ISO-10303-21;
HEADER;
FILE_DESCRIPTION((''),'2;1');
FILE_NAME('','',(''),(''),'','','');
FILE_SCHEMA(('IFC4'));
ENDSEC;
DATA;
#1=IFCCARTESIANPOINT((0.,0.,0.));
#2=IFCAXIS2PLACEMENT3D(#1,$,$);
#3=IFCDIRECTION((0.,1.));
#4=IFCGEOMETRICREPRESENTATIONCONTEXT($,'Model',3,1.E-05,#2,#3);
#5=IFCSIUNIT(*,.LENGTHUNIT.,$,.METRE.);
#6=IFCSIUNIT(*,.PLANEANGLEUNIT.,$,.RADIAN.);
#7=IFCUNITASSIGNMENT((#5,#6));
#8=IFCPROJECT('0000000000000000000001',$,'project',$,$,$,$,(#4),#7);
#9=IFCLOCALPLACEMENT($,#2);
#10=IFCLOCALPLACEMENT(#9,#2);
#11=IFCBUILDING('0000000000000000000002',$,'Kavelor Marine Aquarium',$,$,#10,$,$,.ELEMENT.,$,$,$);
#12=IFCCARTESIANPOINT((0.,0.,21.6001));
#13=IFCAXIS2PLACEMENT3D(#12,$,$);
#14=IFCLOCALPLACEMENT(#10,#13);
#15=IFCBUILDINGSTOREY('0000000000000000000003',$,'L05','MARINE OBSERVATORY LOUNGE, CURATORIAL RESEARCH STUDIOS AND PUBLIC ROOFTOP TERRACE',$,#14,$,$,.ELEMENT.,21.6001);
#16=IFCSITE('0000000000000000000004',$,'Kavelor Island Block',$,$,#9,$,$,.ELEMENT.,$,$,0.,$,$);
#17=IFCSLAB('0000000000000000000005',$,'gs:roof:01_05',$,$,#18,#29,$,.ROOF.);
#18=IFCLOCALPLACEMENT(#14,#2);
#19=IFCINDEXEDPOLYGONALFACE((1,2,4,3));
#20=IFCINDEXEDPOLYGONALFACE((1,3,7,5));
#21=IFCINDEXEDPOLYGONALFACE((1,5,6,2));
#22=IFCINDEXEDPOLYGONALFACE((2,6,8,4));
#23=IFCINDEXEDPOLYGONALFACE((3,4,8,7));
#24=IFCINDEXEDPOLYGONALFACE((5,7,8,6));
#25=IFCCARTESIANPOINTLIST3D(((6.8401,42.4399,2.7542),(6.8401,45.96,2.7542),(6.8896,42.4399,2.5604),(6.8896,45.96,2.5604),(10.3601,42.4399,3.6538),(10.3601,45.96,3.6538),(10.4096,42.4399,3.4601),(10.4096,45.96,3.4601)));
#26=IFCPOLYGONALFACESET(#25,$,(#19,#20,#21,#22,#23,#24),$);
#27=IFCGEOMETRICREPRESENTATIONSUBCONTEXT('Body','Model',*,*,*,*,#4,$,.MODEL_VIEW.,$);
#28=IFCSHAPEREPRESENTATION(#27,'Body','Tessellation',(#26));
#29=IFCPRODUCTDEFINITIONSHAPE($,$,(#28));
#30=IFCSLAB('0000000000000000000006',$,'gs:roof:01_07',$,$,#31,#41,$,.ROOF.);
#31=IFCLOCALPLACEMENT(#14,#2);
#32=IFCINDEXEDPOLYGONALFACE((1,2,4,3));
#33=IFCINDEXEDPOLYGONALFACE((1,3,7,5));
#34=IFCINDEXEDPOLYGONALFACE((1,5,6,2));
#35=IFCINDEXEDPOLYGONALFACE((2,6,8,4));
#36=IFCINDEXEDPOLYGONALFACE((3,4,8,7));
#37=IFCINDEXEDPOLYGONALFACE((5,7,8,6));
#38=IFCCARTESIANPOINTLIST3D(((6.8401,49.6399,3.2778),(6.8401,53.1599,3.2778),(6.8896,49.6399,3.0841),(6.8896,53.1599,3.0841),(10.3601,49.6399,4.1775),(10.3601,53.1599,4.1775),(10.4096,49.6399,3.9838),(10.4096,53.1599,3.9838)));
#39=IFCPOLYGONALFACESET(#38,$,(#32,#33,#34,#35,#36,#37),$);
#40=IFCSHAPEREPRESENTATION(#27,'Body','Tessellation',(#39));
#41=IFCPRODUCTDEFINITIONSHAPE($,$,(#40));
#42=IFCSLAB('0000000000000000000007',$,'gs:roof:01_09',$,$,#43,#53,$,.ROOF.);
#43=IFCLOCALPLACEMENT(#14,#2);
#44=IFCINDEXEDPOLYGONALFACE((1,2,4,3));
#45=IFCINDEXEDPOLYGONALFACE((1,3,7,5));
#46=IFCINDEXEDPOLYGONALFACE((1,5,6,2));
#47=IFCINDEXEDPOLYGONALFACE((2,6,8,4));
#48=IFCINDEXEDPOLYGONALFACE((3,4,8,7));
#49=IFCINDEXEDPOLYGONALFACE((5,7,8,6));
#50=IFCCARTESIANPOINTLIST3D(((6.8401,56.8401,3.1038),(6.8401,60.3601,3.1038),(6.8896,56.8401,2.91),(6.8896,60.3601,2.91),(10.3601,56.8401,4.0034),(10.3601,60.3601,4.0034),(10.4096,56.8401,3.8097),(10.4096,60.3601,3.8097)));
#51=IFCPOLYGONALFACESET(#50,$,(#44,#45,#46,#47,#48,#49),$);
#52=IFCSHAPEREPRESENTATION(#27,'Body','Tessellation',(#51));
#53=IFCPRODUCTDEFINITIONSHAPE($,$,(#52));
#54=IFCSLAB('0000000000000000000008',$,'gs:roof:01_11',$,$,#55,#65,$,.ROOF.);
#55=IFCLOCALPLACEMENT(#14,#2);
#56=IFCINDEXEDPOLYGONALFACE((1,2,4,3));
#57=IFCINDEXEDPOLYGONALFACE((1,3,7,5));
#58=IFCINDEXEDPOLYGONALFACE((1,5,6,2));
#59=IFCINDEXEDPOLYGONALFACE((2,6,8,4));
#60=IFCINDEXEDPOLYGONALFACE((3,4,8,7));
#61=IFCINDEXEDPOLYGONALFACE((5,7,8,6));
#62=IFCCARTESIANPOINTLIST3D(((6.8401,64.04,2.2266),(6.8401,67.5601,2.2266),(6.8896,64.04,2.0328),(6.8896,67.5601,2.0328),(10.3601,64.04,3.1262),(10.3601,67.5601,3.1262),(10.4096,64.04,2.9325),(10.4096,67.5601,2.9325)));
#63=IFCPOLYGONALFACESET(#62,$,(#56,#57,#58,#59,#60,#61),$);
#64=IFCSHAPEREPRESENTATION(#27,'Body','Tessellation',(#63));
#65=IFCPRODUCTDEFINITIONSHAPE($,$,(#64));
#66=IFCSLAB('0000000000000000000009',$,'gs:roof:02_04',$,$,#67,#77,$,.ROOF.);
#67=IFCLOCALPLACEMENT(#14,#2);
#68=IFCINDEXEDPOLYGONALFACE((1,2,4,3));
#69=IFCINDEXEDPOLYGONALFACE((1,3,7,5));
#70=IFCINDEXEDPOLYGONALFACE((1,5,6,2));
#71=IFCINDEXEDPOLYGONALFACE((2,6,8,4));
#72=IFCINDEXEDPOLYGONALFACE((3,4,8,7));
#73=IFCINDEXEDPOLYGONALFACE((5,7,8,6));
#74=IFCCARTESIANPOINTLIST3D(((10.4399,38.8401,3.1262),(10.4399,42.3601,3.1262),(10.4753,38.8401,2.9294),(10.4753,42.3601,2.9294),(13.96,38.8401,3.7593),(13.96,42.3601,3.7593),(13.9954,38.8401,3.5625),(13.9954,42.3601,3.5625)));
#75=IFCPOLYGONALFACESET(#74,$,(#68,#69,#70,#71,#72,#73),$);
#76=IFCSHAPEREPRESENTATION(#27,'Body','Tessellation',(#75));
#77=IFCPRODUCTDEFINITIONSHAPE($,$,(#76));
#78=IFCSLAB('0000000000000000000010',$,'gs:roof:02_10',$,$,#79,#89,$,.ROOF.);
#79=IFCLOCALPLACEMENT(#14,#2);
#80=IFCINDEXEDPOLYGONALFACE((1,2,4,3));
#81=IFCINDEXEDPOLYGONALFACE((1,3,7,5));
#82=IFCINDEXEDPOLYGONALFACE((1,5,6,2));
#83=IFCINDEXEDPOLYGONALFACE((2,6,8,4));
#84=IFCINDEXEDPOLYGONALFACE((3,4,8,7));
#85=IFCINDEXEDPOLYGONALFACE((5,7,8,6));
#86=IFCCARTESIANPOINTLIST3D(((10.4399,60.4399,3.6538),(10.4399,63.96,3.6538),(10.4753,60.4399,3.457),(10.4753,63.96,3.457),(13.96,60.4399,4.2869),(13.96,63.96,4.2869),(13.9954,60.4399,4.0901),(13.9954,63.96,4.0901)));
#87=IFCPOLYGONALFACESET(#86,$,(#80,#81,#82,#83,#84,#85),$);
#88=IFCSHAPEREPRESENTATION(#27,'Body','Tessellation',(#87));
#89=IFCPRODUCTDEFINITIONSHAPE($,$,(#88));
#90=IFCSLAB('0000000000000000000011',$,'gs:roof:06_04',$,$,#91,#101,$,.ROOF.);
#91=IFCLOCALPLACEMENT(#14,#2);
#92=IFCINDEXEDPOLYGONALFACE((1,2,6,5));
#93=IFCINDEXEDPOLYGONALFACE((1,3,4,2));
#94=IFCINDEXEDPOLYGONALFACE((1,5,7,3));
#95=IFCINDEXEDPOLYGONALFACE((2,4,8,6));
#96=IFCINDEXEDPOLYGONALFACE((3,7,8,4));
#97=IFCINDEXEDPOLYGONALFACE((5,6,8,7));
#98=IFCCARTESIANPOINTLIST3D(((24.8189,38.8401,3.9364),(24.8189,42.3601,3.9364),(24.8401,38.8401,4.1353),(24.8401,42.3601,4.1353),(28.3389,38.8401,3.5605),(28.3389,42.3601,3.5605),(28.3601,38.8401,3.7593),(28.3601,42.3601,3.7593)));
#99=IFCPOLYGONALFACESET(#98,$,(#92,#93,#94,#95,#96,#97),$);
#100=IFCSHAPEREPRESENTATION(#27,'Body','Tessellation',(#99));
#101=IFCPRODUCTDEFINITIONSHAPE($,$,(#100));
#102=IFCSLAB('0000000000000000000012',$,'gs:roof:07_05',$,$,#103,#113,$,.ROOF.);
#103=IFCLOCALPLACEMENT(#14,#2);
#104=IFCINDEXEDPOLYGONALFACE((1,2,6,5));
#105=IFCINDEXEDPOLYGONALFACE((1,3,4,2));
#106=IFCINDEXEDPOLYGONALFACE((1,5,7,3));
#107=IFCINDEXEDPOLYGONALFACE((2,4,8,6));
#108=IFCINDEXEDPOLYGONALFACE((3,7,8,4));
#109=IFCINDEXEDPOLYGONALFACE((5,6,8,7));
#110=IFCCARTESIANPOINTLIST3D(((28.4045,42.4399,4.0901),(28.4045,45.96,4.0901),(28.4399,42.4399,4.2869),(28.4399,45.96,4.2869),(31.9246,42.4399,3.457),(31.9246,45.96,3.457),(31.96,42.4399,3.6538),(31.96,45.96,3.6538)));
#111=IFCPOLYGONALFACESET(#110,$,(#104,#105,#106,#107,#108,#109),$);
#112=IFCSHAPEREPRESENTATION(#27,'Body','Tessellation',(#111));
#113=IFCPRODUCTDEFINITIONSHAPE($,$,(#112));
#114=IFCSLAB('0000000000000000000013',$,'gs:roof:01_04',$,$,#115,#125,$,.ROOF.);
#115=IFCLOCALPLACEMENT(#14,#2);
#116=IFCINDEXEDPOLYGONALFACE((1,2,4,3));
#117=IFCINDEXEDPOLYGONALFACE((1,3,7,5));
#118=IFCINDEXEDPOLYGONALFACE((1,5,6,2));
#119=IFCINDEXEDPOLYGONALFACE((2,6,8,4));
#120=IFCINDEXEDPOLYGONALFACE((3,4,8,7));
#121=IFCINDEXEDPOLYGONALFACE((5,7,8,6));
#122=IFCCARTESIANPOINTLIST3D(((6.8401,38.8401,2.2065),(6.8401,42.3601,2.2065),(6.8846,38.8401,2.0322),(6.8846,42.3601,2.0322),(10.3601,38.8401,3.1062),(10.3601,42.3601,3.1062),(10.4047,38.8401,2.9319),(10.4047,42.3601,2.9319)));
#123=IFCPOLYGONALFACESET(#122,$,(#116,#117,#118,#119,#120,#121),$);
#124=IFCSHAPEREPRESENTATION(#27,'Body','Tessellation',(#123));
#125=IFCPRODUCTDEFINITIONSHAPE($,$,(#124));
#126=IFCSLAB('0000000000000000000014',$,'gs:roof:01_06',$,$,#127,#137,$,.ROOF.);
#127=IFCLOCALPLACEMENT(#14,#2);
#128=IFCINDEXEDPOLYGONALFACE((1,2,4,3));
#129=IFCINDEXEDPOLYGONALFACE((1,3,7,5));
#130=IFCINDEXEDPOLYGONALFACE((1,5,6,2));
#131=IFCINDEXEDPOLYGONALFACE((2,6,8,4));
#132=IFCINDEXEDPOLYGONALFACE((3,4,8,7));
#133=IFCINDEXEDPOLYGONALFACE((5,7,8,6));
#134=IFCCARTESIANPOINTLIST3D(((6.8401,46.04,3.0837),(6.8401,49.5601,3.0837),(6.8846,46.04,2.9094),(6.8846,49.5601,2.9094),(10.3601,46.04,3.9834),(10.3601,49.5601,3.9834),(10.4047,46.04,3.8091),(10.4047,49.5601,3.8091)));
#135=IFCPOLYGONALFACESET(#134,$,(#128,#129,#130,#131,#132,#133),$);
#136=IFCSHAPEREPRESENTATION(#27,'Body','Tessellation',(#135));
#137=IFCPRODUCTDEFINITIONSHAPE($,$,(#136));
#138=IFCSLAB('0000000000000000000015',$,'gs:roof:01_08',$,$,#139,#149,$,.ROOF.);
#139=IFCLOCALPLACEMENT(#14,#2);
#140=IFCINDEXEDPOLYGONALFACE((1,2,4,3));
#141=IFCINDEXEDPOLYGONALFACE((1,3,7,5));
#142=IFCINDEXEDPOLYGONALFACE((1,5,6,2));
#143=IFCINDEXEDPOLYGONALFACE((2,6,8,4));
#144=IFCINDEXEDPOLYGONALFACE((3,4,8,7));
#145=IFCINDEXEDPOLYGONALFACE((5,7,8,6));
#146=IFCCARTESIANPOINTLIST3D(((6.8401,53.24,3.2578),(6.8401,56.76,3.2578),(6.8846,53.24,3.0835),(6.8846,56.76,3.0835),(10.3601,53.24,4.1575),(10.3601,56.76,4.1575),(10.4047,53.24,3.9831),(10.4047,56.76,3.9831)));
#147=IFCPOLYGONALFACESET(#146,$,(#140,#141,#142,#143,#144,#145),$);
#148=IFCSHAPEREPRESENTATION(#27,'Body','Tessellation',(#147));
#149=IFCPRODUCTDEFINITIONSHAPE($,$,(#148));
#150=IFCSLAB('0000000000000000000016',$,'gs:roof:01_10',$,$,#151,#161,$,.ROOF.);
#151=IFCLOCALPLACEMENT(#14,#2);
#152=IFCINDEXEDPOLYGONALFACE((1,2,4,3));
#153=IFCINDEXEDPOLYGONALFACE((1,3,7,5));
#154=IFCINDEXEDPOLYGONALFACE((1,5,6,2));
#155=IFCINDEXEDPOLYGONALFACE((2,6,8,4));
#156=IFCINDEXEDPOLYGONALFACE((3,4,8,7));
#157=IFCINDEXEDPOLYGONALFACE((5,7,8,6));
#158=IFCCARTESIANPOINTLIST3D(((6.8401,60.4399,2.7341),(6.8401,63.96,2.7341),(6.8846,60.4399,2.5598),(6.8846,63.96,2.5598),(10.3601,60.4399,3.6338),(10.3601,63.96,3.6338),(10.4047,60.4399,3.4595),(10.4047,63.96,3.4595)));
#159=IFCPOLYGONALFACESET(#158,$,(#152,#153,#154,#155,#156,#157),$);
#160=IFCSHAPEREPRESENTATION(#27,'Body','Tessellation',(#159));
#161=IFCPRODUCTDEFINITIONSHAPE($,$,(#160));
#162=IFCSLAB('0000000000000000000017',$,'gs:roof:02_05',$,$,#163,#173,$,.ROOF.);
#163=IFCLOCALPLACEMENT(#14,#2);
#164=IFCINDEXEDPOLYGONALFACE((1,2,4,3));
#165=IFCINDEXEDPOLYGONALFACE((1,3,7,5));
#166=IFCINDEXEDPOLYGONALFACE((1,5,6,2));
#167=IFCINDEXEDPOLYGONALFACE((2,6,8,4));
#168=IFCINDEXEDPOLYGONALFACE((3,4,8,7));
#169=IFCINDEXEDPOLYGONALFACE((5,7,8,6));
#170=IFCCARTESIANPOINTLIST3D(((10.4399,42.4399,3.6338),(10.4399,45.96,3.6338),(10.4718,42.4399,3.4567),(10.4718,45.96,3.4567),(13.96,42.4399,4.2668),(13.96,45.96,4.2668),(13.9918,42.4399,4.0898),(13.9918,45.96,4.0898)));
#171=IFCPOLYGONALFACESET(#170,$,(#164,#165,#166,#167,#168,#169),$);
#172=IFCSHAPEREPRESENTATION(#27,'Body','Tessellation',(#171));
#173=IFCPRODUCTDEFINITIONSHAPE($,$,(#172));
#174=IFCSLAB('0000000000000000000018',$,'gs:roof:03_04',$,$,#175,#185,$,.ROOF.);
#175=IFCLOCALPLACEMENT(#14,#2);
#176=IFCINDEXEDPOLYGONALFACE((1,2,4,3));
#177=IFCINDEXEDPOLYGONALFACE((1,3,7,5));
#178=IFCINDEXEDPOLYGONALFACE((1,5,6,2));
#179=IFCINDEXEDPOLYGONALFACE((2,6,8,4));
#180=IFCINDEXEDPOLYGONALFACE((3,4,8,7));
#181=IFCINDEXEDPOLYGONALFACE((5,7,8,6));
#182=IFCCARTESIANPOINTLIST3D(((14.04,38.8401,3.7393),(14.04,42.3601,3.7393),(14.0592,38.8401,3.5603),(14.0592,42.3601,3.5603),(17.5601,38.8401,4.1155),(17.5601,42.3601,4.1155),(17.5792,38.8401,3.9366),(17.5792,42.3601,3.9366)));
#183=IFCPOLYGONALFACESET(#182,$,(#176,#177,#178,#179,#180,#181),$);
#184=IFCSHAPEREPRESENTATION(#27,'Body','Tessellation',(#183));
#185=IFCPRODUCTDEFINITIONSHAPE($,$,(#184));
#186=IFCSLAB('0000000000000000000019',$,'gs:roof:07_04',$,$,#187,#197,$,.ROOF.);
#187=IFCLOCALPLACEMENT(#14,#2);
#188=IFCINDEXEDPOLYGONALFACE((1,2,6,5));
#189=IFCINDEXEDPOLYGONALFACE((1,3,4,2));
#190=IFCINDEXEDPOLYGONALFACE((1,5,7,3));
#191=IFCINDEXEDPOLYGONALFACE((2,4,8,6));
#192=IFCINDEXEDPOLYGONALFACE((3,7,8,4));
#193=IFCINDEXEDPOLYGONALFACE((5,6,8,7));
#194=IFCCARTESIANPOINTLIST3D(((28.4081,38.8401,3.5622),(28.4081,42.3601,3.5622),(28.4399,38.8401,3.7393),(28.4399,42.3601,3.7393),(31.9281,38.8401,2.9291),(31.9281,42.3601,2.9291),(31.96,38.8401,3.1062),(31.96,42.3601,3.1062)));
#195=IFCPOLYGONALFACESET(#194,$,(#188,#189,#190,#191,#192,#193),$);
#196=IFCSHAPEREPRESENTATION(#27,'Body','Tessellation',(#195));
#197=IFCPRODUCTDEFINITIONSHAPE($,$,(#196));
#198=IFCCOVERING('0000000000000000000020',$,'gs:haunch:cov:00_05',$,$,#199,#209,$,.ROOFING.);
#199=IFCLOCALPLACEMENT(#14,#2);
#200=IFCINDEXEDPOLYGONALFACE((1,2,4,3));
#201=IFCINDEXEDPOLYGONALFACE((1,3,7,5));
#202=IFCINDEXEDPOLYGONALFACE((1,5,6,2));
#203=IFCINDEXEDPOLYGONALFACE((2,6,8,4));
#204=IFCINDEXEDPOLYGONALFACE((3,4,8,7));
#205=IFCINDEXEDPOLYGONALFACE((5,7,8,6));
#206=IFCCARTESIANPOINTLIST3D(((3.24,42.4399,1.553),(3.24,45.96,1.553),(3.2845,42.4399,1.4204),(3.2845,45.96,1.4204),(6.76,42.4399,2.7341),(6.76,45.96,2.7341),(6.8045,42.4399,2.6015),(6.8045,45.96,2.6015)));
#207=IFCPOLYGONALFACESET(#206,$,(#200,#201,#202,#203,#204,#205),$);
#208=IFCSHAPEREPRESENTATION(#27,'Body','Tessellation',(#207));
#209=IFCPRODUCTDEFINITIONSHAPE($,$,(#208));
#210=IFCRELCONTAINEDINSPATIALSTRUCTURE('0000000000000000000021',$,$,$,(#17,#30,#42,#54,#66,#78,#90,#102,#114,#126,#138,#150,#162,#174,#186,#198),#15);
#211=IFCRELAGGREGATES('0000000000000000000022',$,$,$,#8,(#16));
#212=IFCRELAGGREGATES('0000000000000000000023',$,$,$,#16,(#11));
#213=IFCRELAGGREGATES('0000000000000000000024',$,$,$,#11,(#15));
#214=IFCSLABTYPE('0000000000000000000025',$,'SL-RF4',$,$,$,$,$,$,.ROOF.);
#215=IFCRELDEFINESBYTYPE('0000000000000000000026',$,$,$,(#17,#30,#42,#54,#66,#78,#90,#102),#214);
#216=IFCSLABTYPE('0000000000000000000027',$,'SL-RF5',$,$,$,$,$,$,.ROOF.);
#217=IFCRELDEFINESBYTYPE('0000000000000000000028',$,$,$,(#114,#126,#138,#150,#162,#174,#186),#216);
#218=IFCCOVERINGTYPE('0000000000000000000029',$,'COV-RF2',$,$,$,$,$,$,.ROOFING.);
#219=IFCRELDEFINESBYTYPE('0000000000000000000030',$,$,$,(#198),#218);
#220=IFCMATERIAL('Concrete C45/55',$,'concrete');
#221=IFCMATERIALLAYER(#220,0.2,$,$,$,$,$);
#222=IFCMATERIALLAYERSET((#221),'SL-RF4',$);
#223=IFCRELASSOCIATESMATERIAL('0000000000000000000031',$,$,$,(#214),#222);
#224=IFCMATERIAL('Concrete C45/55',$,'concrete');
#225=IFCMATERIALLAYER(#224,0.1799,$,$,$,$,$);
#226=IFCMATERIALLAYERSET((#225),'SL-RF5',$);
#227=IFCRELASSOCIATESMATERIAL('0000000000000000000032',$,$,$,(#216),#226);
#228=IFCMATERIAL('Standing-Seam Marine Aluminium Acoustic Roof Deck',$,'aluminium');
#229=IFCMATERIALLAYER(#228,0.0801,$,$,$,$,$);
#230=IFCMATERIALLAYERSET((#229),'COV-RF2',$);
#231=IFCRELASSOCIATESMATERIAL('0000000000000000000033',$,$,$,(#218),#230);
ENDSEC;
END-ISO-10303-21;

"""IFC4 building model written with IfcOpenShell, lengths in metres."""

from ifc_helpers import new_model, si_unit, direction, frame, origin, place, context, subcontext, project, spatial, polyline, outline, extrude, material, layer, layer_set, type_object, element, save


model = new_model("IFC4")

# Units and contexts
model_context = context("Model", 3, precision=1e-05, world=origin(), true_north=direction((0.0, 1.0)))
body_context = subcontext(model_context, "Body", "Model", "MODEL_VIEW")
ifc_project = project(units=[si_unit("LENGTHUNIT", "METRE"), si_unit("PLANEANGLEUNIT", "RADIAN")], contexts=[model_context])

# Site, building, storey
site_placement = place(None, origin())
site = spatial("IfcSite", under=ifc_project, at=site_placement, Name="Kavelor Island Block", CompositionType="ELEMENT", RefElevation=0.0)
building_placement = place(site_placement, origin())
building = spatial("IfcBuilding", under=site, at=building_placement, Name="Kavelor Marine Aquarium", CompositionType="ELEMENT")
storey_placement = place(building_placement, frame((0.0, 0.0, 21.6001)))
storey = spatial("IfcBuildingStorey", under=building, at=storey_placement, Name="L05", Description="MARINE OBSERVATORY LOUNGE, CURATORIAL RESEARCH STUDIOS AND PUBLIC ROOFTOP TERRACE", CompositionType="ELEMENT", Elevation=21.6001)

# Slabs
ifc_material_1 = material(Name="Concrete C45/55", Category="concrete")
ifc_layer_1 = layer(ifc_material_1, 0.2)
ifc_layer_set_1 = layer_set([ifc_layer_1], Name="SL-RF4")
slab_type_1 = type_object("IfcSlabType", Name="SL-RF4", PredefinedType="ROOF", material=ifc_layer_set_1)
for number, where, z_axis, x_axis, name in (
    (1, (6.8401, 42.4399, 2.7542), (-0.247623, 0.0, 0.968856), (0.968856, 0.0, 0.247623), "gs:roof:01_05"),
    (2, (6.8401, 49.6399, 3.2778), (-0.247623, 0.0, 0.968856), (0.968856, 0.0, 0.247623), "gs:roof:01_07"),
    (3, (6.8401, 56.8401, 3.1038), (-0.247623, 0.0, 0.968856), (0.968856, 0.0, 0.247623), "gs:roof:01_09"),
    (4, (6.8401, 64.04, 2.2266), (-0.247623, 0.0, 0.968856), (0.968856, 0.0, 0.247623), "gs:roof:01_11"),
):
    element("IfcSlab", number, at=place(storey_placement, frame(where, z_axis=z_axis, x_axis=x_axis)), inside=storey, type_object=slab_type_1, Name=name, PredefinedType="ROOF", context=body_context, shape_type="SweptSolid", body=[
        extrude(outline(polyline([(0.0, 0.0), (3.6332, 0.0), (3.6332, 3.52), (0.0, 3.52), (0.0, 0.0)])), origin(), (0.0, 0.0, -1.0), 0.2),
    ])
for number, where, z_axis, x_axis, name in (
    (5, (10.4399, 38.8401, 3.1262), (-0.177005, 0.0, 0.98421), (0.98421, 0.0, 0.177005), "gs:roof:02_04"),
    (6, (10.4399, 60.4399, 3.6538), (-0.177005, 0.0, 0.98421), (0.98421, 0.0, 0.177005), "gs:roof:02_10"),
):
    element("IfcSlab", number, at=place(storey_placement, frame(where, z_axis=z_axis, x_axis=x_axis)), inside=storey, type_object=slab_type_1, Name=name, PredefinedType="ROOF", context=body_context, shape_type="SweptSolid", body=[
        extrude(outline(polyline([(0.0, 0.0), (3.5765, 0.0), (3.5765, 3.52), (0.0, 3.52), (0.0, 0.0)])), origin(), (0.0, 0.0, -1.0), 0.2),
    ])
slab_1_placement = place(storey_placement, frame((24.8401, 38.8401, 4.1353), z_axis=(0.106207, 0.0, 0.994344), x_axis=(0.994344, 0.0, -0.106207)))
element("IfcSlab", 7, at=slab_1_placement, inside=storey, type_object=slab_type_1, Name="gs:roof:06_04", PredefinedType="ROOF", context=body_context, shape_type="SweptSolid", body=[
    extrude(outline(polyline([(0.0, 0.0), (3.54, 0.0), (3.54, 3.52), (0.0, 3.52), (0.0, 0.0)])), origin(), (0.0, 0.0, -1.0), 0.2),
])
slab_2_placement = place(storey_placement, frame((28.4399, 42.4399, 4.2869), z_axis=(0.177005, 0.0, 0.98421), x_axis=(0.98421, 0.0, -0.177005)))
element("IfcSlab", 8, at=slab_2_placement, inside=storey, type_object=slab_type_1, Name="gs:roof:07_05", PredefinedType="ROOF", context=body_context, shape_type="SweptSolid", body=[
    extrude(outline(polyline([(0.0, 0.0), (3.5765, 0.0), (3.5765, 3.52), (0.0, 3.52), (0.0, 0.0)])), origin(), (0.0, 0.0, -1.0), 0.2),
])
ifc_material_2 = material(Name="Concrete C45/55", Category="concrete")
ifc_layer_2 = layer(ifc_material_2, 0.1799)
ifc_layer_set_2 = layer_set([ifc_layer_2], Name="SL-RF5")
slab_type_2 = type_object("IfcSlabType", Name="SL-RF5", PredefinedType="ROOF", material=ifc_layer_set_2)
for number, where, z_axis, x_axis, name in (
    (9, (6.8401, 38.8401, 2.2065), (-0.247623, 0.0, 0.968856), (0.968856, 0.0, 0.247623), "gs:roof:01_04"),
    (10, (6.8401, 46.04, 3.0837), (-0.247623, 0.0, 0.968856), (0.968856, 0.0, 0.247623), "gs:roof:01_06"),
    (11, (6.8401, 53.24, 3.2578), (-0.247623, 0.0, 0.968856), (0.968856, 0.0, 0.247623), "gs:roof:01_08"),
    (12, (6.8401, 60.4399, 2.7341), (-0.247623, 0.0, 0.968856), (0.968856, 0.0, 0.247623), "gs:roof:01_10"),
):
    element("IfcSlab", number, at=place(storey_placement, frame(where, z_axis=z_axis, x_axis=x_axis)), inside=storey, type_object=slab_type_2, Name=name, PredefinedType="ROOF", context=body_context, shape_type="SweptSolid", body=[
        extrude(outline(polyline([(0.0, 0.0), (3.6332, 0.0), (3.6332, 3.52), (0.0, 3.52), (0.0, 0.0)])), origin(), (0.0, 0.0, -1.0), 0.1799),
    ])
slab_3_placement = place(storey_placement, frame((10.4399, 42.4399, 3.6338), z_axis=(-0.177005, 0.0, 0.98421), x_axis=(0.98421, 0.0, 0.177005)))
element("IfcSlab", 13, at=slab_3_placement, inside=storey, type_object=slab_type_2, Name="gs:roof:02_05", PredefinedType="ROOF", context=body_context, shape_type="SweptSolid", body=[
    extrude(outline(polyline([(0.0, 0.0), (3.5765, 0.0), (3.5765, 3.52), (0.0, 3.52), (0.0, 0.0)])), origin(), (0.0, 0.0, -1.0), 0.1799),
])
slab_4_placement = place(storey_placement, frame((14.04, 38.8401, 3.7393), z_axis=(-0.106275, 0.0, 0.994337), x_axis=(0.994337, 0.0, 0.106275)))
element("IfcSlab", 14, at=slab_4_placement, inside=storey, type_object=slab_type_2, Name="gs:roof:03_04", PredefinedType="ROOF", context=body_context, shape_type="SweptSolid", body=[
    extrude(outline(polyline([(0.0, 0.0), (3.5401, 0.0), (3.5401, 3.52), (0.0, 3.52), (0.0, 0.0)])), origin(), (0.0, 0.0, -1.0), 0.1799),
])
slab_5_placement = place(storey_placement, frame((28.4399, 38.8401, 3.7393), z_axis=(0.177005, 0.0, 0.98421), x_axis=(0.98421, 0.0, -0.177005)))
element("IfcSlab", 15, at=slab_5_placement, inside=storey, type_object=slab_type_2, Name="gs:roof:07_04", PredefinedType="ROOF", context=body_context, shape_type="SweptSolid", body=[
    extrude(outline(polyline([(0.0, 0.0), (3.5765, 0.0), (3.5765, 3.52), (0.0, 3.52), (0.0, 0.0)])), origin(), (0.0, 0.0, -1.0), 0.1799),
])

# Covering
ifc_material_3 = material(Name="Standing-Seam Marine Aluminium Acoustic Roof Deck", Category="aluminium")
ifc_layer_3 = layer(ifc_material_3, 0.0801)
ifc_layer_set_3 = layer_set([ifc_layer_3], Name="COV-RF2")
covering_type = type_object("IfcCoveringType", Name="COV-RF2", PredefinedType="ROOFING", material=ifc_layer_set_3)
for number, where, z_axis, x_axis, name in (
    (16, (3.24, 42.4399, 1.553), (-0.318121, 0.0, 0.94805), (0.94805, 0.0, 0.318121), "gs:haunch:cov:00_05"),
):
    element("IfcCovering", number, at=place(storey_placement, frame(where, z_axis=z_axis, x_axis=x_axis)), inside=storey, type_object=covering_type, Name=name, PredefinedType="ROOFING", context=body_context, shape_type="SweptSolid", body=[
        extrude(outline(polyline([(0.0, 0.0), (3.7129, 0.0), (3.7129, 3.52), (0.0, 3.52), (0.0, 0.0)])), origin(), (0.0, 0.0, -1.0), 0.1399),
    ])

save(model, "model.ifc")
